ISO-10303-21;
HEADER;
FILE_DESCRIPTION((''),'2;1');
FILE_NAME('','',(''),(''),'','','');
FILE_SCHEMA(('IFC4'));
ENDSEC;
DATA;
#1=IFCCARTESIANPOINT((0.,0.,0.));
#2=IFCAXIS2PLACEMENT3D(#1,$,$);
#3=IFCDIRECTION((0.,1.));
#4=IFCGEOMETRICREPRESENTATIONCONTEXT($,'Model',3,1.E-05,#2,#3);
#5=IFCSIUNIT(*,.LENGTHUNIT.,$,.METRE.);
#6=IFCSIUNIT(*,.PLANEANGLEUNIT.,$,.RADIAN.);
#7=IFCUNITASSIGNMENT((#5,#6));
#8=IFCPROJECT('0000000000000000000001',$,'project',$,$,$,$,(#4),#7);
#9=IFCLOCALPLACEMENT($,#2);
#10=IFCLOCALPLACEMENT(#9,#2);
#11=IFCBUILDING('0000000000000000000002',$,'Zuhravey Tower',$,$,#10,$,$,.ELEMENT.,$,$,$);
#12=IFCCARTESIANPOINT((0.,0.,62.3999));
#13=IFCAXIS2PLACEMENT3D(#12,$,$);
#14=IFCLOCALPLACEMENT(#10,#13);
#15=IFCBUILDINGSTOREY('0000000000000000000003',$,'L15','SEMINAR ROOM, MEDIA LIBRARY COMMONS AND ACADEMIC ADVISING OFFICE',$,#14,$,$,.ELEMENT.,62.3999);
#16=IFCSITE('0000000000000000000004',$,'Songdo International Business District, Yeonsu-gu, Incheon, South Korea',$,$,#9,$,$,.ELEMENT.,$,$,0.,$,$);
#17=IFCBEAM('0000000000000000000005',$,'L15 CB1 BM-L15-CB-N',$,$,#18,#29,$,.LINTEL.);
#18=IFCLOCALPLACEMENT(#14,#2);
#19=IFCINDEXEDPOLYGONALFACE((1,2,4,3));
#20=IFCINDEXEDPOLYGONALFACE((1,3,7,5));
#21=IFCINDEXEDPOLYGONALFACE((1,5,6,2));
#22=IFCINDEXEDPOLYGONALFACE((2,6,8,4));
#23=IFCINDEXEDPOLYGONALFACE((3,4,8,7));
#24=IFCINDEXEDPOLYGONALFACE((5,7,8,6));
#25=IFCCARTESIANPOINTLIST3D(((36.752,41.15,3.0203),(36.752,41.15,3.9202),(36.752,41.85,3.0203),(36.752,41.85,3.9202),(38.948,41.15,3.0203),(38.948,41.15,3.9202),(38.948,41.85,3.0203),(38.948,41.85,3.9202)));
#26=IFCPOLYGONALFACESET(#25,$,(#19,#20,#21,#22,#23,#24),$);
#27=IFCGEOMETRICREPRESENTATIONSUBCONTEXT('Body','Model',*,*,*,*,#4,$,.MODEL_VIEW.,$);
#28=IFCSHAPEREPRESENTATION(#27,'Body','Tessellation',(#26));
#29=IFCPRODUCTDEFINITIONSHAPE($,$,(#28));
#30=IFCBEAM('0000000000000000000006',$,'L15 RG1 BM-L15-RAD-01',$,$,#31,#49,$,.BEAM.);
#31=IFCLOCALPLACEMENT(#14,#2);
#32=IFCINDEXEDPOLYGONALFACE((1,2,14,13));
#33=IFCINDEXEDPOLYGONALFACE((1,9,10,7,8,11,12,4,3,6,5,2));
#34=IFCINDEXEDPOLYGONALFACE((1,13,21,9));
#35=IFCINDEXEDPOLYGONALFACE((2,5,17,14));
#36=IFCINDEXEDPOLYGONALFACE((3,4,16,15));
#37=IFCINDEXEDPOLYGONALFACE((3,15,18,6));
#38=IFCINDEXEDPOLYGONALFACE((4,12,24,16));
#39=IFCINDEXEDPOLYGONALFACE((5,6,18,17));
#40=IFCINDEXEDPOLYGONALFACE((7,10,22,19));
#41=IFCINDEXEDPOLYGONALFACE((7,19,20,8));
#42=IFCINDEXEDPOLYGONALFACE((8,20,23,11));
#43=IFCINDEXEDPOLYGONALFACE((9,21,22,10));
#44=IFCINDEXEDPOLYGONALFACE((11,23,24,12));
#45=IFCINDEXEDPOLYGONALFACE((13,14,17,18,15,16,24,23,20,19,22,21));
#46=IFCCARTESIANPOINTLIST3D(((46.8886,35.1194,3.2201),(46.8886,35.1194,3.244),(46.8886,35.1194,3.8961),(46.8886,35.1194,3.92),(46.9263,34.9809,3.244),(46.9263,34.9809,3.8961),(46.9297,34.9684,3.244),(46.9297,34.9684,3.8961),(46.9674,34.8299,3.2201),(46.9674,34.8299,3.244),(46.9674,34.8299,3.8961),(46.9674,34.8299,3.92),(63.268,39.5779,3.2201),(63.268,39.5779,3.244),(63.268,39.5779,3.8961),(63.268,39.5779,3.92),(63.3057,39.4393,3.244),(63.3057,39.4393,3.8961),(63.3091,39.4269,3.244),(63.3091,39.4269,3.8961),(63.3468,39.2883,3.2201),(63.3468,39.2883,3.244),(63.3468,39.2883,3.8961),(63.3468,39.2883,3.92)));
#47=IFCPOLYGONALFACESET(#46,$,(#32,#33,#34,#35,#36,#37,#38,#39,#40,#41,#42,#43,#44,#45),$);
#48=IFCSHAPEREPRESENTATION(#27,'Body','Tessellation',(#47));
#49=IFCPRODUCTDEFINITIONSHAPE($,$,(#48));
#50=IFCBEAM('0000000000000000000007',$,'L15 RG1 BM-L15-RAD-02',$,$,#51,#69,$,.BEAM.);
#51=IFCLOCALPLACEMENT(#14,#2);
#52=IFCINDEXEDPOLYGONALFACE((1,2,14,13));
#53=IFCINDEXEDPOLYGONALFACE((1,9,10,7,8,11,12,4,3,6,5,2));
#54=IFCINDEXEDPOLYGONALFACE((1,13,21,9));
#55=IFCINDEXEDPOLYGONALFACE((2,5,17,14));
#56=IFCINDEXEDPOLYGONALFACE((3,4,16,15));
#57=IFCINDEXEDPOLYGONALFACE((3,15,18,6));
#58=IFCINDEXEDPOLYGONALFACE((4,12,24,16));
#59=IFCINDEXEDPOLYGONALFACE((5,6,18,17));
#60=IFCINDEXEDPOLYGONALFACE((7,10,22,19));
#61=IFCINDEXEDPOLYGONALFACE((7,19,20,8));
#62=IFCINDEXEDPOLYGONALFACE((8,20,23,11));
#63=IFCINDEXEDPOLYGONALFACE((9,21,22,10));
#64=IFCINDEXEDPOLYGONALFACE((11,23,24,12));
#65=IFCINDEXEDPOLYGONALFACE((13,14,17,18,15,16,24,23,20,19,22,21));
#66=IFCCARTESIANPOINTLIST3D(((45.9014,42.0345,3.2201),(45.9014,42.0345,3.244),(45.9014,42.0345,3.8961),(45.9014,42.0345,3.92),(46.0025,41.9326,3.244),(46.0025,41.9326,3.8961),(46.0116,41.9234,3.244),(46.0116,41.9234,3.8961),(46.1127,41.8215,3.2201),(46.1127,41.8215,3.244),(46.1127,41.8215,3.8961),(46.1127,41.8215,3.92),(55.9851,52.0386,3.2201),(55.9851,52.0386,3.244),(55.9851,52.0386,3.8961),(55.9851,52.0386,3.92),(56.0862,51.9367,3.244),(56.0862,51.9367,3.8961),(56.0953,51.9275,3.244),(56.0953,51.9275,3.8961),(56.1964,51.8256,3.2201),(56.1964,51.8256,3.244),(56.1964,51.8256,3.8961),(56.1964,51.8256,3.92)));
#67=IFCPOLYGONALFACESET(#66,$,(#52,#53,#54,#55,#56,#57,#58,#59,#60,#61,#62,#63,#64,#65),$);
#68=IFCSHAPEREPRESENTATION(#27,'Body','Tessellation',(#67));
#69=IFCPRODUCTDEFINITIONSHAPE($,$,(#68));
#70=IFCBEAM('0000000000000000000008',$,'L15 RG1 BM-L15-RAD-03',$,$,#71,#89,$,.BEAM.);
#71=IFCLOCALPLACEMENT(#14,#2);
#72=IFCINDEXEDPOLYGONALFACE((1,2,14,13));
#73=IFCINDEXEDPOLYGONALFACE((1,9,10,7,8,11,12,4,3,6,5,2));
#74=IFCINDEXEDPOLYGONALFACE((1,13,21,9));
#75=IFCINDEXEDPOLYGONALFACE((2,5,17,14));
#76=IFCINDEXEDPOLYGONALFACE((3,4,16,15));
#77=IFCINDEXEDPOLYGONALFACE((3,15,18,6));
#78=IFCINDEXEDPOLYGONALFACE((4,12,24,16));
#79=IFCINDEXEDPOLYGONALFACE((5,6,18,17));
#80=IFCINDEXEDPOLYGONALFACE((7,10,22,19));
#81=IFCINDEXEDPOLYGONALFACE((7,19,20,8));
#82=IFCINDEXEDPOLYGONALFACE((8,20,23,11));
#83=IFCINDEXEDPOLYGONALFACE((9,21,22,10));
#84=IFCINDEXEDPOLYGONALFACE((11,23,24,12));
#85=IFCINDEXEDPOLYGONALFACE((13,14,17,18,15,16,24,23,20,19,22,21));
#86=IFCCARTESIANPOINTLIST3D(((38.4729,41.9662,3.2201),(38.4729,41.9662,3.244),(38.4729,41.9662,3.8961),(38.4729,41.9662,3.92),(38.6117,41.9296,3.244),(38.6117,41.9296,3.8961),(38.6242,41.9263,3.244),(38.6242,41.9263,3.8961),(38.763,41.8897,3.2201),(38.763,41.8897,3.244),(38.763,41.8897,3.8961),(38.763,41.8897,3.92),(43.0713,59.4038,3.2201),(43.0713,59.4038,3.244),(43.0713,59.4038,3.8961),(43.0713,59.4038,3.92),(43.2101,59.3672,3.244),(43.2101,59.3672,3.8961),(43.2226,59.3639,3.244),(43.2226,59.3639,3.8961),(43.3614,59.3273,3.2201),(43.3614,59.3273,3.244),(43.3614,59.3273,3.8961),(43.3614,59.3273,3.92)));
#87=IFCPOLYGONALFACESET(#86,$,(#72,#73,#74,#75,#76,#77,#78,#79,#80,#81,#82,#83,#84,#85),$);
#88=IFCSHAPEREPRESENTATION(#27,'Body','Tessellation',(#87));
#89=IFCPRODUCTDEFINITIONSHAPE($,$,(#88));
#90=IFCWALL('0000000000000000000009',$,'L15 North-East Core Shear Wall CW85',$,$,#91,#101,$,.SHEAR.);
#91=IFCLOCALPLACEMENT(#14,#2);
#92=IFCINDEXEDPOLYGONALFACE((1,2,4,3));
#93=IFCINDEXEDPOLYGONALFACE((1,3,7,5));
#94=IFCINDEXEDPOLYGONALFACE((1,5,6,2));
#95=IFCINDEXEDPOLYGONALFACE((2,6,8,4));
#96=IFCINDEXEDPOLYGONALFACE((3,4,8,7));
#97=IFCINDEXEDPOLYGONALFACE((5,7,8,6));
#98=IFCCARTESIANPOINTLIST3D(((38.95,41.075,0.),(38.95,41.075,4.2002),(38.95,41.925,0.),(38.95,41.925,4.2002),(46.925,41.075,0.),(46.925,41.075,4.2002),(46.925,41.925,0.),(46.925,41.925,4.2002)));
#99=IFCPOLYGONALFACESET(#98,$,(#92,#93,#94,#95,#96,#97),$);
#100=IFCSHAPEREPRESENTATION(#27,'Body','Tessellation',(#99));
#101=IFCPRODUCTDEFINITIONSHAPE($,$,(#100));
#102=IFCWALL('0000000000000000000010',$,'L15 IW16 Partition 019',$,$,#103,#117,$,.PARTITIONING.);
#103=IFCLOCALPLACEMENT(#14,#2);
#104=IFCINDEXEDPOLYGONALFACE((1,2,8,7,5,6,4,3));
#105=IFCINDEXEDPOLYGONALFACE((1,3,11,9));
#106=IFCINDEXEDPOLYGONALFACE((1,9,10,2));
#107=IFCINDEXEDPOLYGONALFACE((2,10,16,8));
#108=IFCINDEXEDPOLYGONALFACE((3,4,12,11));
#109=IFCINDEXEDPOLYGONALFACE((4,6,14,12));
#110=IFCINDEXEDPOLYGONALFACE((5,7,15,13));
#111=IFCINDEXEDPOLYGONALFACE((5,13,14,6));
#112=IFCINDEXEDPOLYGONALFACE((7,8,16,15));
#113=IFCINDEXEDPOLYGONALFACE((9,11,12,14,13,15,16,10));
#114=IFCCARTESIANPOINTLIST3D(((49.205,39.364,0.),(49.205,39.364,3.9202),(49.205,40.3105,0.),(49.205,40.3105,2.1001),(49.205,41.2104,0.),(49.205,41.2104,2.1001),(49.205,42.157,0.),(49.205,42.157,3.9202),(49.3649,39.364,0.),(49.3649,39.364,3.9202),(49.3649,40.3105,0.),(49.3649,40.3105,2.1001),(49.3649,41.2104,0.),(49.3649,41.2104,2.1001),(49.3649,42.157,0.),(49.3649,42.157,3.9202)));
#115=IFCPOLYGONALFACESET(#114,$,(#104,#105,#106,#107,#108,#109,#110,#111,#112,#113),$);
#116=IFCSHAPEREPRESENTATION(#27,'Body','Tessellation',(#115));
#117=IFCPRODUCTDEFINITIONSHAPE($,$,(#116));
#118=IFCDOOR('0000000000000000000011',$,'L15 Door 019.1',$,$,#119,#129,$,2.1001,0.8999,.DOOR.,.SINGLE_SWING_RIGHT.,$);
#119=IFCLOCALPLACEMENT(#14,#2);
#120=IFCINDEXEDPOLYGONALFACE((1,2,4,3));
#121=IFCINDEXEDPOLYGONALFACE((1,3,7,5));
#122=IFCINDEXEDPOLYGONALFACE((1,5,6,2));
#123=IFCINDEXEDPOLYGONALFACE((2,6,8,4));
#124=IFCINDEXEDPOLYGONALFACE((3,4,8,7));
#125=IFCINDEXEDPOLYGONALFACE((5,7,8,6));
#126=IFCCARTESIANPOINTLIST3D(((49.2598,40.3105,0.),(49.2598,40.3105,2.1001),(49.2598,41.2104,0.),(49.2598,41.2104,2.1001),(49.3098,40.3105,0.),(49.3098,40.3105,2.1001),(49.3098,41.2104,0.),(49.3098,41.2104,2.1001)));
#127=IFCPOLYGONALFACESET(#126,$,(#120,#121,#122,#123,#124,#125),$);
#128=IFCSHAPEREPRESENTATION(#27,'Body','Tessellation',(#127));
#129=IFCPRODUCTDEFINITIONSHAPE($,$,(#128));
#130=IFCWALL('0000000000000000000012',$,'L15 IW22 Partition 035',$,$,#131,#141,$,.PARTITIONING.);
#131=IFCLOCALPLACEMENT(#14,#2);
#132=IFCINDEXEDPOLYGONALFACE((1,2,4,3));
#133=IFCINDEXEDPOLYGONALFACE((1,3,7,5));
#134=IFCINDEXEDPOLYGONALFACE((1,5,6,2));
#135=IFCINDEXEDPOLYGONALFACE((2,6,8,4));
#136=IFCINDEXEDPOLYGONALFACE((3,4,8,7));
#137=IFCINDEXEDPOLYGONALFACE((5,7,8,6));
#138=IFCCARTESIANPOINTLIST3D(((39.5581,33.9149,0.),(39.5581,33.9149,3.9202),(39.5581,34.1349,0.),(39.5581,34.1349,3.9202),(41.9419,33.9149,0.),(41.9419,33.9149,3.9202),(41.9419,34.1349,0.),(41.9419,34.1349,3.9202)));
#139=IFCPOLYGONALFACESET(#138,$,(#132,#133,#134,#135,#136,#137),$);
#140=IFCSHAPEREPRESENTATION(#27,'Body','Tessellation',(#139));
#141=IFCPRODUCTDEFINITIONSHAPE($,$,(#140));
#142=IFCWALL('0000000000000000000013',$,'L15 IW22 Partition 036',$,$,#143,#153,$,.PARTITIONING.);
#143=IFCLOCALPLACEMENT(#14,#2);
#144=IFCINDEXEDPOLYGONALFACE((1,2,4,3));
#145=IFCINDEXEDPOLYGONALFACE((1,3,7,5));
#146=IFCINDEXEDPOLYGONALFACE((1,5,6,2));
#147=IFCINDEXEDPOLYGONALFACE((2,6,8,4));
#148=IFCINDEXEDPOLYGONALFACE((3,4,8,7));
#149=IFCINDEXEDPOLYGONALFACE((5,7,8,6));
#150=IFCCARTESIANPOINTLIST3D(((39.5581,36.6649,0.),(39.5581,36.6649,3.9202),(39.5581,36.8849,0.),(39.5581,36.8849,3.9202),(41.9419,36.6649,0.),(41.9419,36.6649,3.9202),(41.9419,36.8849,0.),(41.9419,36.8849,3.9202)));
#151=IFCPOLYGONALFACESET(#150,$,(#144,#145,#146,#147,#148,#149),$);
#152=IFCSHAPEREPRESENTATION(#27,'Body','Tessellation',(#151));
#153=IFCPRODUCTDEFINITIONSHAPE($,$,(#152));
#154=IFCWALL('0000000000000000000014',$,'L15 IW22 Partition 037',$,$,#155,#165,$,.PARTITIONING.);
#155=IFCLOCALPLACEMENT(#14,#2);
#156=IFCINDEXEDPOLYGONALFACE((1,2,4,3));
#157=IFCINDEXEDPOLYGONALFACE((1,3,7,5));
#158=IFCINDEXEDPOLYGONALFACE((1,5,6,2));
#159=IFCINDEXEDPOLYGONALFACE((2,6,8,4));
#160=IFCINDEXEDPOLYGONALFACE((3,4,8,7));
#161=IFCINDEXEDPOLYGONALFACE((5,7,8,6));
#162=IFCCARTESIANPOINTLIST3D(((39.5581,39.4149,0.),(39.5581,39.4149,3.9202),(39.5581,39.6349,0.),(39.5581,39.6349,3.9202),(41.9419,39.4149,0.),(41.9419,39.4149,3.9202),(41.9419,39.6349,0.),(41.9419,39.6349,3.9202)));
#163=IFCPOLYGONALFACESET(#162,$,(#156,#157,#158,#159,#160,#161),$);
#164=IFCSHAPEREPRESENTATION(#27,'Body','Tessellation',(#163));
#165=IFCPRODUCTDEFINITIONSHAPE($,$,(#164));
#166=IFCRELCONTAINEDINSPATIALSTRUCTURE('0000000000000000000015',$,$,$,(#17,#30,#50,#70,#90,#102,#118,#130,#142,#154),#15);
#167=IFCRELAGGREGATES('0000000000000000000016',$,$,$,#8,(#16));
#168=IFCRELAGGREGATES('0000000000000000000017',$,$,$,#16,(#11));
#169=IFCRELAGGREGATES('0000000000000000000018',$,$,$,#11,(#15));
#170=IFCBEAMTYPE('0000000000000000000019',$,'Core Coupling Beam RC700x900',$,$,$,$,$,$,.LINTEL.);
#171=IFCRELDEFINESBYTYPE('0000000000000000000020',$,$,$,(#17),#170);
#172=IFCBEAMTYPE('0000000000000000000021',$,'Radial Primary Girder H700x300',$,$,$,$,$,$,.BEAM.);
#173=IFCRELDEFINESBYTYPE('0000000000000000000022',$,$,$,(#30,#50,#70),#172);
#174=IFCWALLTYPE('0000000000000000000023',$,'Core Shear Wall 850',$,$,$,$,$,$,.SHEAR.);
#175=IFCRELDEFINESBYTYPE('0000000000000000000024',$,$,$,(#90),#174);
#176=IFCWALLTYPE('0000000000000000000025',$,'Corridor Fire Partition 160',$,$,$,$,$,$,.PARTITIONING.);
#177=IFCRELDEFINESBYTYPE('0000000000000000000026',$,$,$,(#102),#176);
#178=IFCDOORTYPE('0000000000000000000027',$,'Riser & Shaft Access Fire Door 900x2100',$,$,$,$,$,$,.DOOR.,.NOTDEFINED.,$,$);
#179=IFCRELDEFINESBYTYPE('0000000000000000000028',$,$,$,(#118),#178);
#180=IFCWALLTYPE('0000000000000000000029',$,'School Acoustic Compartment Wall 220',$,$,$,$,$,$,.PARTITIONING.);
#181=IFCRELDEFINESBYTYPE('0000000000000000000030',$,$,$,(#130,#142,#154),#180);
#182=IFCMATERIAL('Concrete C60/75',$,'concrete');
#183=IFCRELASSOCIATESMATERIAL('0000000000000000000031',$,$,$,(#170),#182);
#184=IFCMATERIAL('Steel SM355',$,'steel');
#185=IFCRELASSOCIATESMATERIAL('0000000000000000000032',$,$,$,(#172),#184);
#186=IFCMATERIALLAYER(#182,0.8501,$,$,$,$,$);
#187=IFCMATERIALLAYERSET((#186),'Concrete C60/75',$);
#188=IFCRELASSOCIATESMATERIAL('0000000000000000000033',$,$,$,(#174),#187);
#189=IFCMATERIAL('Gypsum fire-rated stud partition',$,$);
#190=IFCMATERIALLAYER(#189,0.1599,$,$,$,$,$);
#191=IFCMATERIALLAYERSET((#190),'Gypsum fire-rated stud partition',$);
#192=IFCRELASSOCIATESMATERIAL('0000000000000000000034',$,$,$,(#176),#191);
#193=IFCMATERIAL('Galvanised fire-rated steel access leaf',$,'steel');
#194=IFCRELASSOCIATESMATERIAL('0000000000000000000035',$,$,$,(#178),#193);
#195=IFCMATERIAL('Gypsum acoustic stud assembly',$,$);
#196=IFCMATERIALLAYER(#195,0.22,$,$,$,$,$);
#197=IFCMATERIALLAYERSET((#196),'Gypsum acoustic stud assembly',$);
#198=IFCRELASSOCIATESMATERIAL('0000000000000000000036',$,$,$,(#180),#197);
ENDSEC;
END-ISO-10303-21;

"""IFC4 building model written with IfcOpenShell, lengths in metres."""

from ifc_helpers import new_model, si_unit, direction, frame, frame_2d, origin, origin_2d, place, context, subcontext, project, spatial, rectangle, i_section, extrude, material, layer, layer_set, material_profile, profile_set, type_object, element, fill, save


model = new_model("IFC4")

# Units and contexts
model_context = context("Model", 3, precision=1e-05, world=origin(), true_north=direction((0.0, 1.0)))
body_context = subcontext(model_context, "Body", "Model", "MODEL_VIEW")
ifc_project = project(units=[si_unit("LENGTHUNIT", "METRE"), si_unit("PLANEANGLEUNIT", "RADIAN")], contexts=[model_context])

# Site, building, storey
site_placement = place(None, origin())
site = spatial("IfcSite", under=ifc_project, at=site_placement, Name="Songdo International Business District, Yeonsu-gu, Incheon, South Korea", CompositionType="ELEMENT", RefElevation=0.0)
building_placement = place(site_placement, origin())
building = spatial("IfcBuilding", under=site, at=building_placement, Name="Zuhravey Tower", CompositionType="ELEMENT")
storey_placement = place(building_placement, frame((0.0, 0.0, 62.3999)))
storey = spatial("IfcBuildingStorey", under=building, at=storey_placement, Name="L15", Description="SEMINAR ROOM, MEDIA LIBRARY COMMONS AND ACADEMIC ADVISING OFFICE", CompositionType="ELEMENT", Elevation=62.3999)

# Beams
ifc_material_1 = material(Name="Concrete C60/75", Category="concrete")
ifc_material_profile_1 = material_profile(ifc_material_1, rectangle(XDim=0.7, YDim=0.8999, at=origin_2d()), Name="RC-700x900")
ifc_profile_set_1 = profile_set([ifc_material_profile_1], Name="Concrete C60/75")
beam_type_1 = type_object("IfcBeamType", Name="Core Coupling Beam RC700x900", PredefinedType="LINTEL", material=ifc_profile_set_1)
beam_1_placement = place(storey_placement, frame((36.752, 41.5, 3.4702), z_axis=(1.0, 0.0, 0.0), x_axis=(0.0, 1.0, 0.0)))
element("IfcBeam", 1, at=beam_1_placement, inside=storey, type_object=beam_type_1, Name="L15 CB1 BM-L15-CB-N", PredefinedType="LINTEL", context=body_context, shape_type="SweptSolid", body=[
    extrude(rectangle(XDim=0.7, YDim=0.8999, at=origin_2d()), origin(), (0.0, 0.0, 1.0), 2.196),
])
ifc_material_2 = material(Name="Steel SM355", Category="steel")
ifc_material_profile_2 = material_profile(ifc_material_2, i_section(OverallWidth=0.3, OverallDepth=0.7, WebThickness=0.0129, FlangeThickness=0.0239, at=origin_2d()), Name="H-700x300x13x24")
ifc_profile_set_2 = profile_set([ifc_material_profile_2], Name="Steel SM355")
beam_type_2 = type_object("IfcBeamType", Name="Radial Primary Girder H700x300", PredefinedType="BEAM", material=ifc_profile_set_2)
beam_2_placement = place(storey_placement, frame((46.928, 34.9746, 3.5701), z_axis=(0.964892, 0.262645, 0.0), x_axis=(-0.262645, 0.964892, 0.0)))
element("IfcBeam", 2, at=beam_2_placement, inside=storey, type_object=beam_type_2, Name="L15 RG1 BM-L15-RAD-01", PredefinedType="BEAM", context=body_context, shape_type="SweptSolid", body=[
    extrude(i_section(OverallWidth=0.3, OverallDepth=0.7, WebThickness=0.0129, FlangeThickness=0.0239, at=origin_2d()), origin(), (0.0, 0.0, 1.0), 16.9753),
])
beam_3_placement = place(storey_placement, frame((46.0071, 41.928, 3.5701), z_axis=(0.709903, 0.7043, 0.0), x_axis=(-0.7043, 0.709903, 0.0)))
element("IfcBeam", 3, at=beam_3_placement, inside=storey, type_object=beam_type_2, Name="L15 RG1 BM-L15-RAD-02", PredefinedType="BEAM", context=body_context, shape_type="SweptSolid", body=[
    extrude(i_section(OverallWidth=0.3, OverallDepth=0.7, WebThickness=0.0129, FlangeThickness=0.0239, at=origin_2d()), origin(), (0.0, 0.0, 1.0), 14.2043),
])
beam_4_placement = place(storey_placement, frame((38.6179, 41.928, 3.5701), z_axis=(0.25499, 0.966944, 0.0), x_axis=(-0.966944, 0.25499, 0.0)))
element("IfcBeam", 4, at=beam_4_placement, inside=storey, type_object=beam_type_2, Name="L15 RG1 BM-L15-RAD-03", PredefinedType="BEAM", context=body_context, shape_type="SweptSolid", body=[
    extrude(i_section(OverallWidth=0.3, OverallDepth=0.7, WebThickness=0.0129, FlangeThickness=0.0239, at=origin_2d()), origin(), (0.0, 0.0, 1.0), 18.0337),
])

# Wall
ifc_layer_1 = layer(ifc_material_1, 0.8501)
ifc_layer_set_1 = layer_set([ifc_layer_1], Name="Concrete C60/75")
wall_type_1 = type_object("IfcWallType", Name="Core Shear Wall 850", PredefinedType="SHEAR", material=ifc_layer_set_1)
wall_1_placement = place(storey_placement, frame((46.925, 41.5, 0.0), z_axis=(0.0, 0.0, 1.0), x_axis=(-1.0, 0.0, 0.0)))
element("IfcWall", 5, at=wall_1_placement, inside=storey, type_object=wall_type_1, Name="L15 North-East Core Shear Wall CW85", PredefinedType="SHEAR", context=body_context, shape_type="SweptSolid", body=[
    extrude(rectangle(XDim=7.9751, YDim=0.8501, at=frame_2d((3.9875, 0.0))), origin(), (0.0, 0.0, 1.0), 4.2002),
])

# Wall, opening, door
ifc_material_3 = material(Name="Gypsum fire-rated stud partition")
ifc_layer_2 = layer(ifc_material_3, 0.1599)
ifc_layer_set_2 = layer_set([ifc_layer_2], Name="Gypsum fire-rated stud partition")
wall_type_2 = type_object("IfcWallType", Name="Corridor Fire Partition 160", PredefinedType="PARTITIONING", material=ifc_layer_set_2)
wall_2_placement = place(storey_placement, frame((49.2849, 39.364, 0.0), z_axis=(0.0, 0.0, 1.0), x_axis=(0.0, 1.0, 0.0)))
wall_2 = element("IfcWall", 6, at=wall_2_placement, inside=storey, type_object=wall_type_2, Name="L15 IW16 Partition 019", PredefinedType="PARTITIONING", context=body_context, shape_type="SweptSolid", body=[
    extrude(rectangle(XDim=2.793, YDim=0.1599, at=frame_2d((1.3965, 0.0))), origin(), (0.0, 0.0, 1.0), 3.9202),
])
opening_1_placement = place(wall_2_placement, frame((0.9465, 0.0, 0.0)))
opening_1 = element("IfcOpeningElement", 7, at=opening_1_placement, cuts=wall_2, PredefinedType="OPENING", context=body_context, shape_type="SweptSolid", body=[
    extrude(rectangle(XDim=0.8999, YDim=2.1001, at=frame_2d((0.45, 1.05))), frame((0.0, 0.092, 0.0), z_axis=(0.0, -1.0, 0.0), x_axis=(1.0, 0.0, 0.0)), (0.0, 0.0, 1.0), 0.1838),
])
ifc_material_4 = material(Name="Galvanised fire-rated steel access leaf", Category="steel")
door_type_1 = type_object("IfcDoorType", Name="Riser & Shaft Access Fire Door 900x2100", OperationType="NOTDEFINED", PredefinedType="DOOR", material=ifc_material_4)
door_1_placement = place(opening_1_placement, frame((0.8999, 0.0, 0.0), z_axis=(0.0, 0.0, 1.0), x_axis=(-1.0, 0.0, 0.0)))
door_1 = element("IfcDoor", 8, at=door_1_placement, inside=storey, type_object=door_type_1, Name="L15 Door 019.1", OperationType="SINGLE_SWING_RIGHT", OverallHeight=2.1001, OverallWidth=0.8999, PredefinedType="DOOR", context=body_context, shape_type="SweptSolid", body=[
    extrude(rectangle(XDim=0.8999, YDim=2.1001, at=frame_2d((0.45, 1.05))), frame((0.0, 0.0249, 0.0), z_axis=(0.0, -1.0, 0.0), x_axis=(1.0, 0.0, 0.0)), (0.0, 0.0, 1.0), 0.05),
])
fill(opening_1, door_1)

# Walls
ifc_material_5 = material(Name="Gypsum acoustic stud assembly")
ifc_layer_3 = layer(ifc_material_5, 0.22)
ifc_layer_set_3 = layer_set([ifc_layer_3], Name="Gypsum acoustic stud assembly")
wall_type_3 = type_object("IfcWallType", Name="School Acoustic Compartment Wall 220", PredefinedType="PARTITIONING", material=ifc_layer_set_3)
for number, where, z_axis, x_axis, name in (
    (9, (39.5581, 34.0249, 0.0), (0.0, 0.0, 1.0), (1.0, 0.0, 0.0), "L15 IW22 Partition 035"),
    (10, (39.5581, 36.7749, 0.0), (0.0, 0.0, 1.0), (1.0, 0.0, 0.0), "L15 IW22 Partition 036"),
    (11, (39.5581, 39.5249, 0.0), (0.0, 0.0, 1.0), (1.0, 0.0, 0.0), "L15 IW22 Partition 037"),
):
    element("IfcWall", number, at=place(storey_placement, frame(where, z_axis=z_axis, x_axis=x_axis)), inside=storey, type_object=wall_type_3, Name=name, PredefinedType="PARTITIONING", context=body_context, shape_type="SweptSolid", body=[
        extrude(rectangle(XDim=2.3838, YDim=0.22, at=frame_2d((1.1919, 0.0))), origin(), (0.0, 0.0, 1.0), 3.9202),
    ])

save(model, "model.ifc")
